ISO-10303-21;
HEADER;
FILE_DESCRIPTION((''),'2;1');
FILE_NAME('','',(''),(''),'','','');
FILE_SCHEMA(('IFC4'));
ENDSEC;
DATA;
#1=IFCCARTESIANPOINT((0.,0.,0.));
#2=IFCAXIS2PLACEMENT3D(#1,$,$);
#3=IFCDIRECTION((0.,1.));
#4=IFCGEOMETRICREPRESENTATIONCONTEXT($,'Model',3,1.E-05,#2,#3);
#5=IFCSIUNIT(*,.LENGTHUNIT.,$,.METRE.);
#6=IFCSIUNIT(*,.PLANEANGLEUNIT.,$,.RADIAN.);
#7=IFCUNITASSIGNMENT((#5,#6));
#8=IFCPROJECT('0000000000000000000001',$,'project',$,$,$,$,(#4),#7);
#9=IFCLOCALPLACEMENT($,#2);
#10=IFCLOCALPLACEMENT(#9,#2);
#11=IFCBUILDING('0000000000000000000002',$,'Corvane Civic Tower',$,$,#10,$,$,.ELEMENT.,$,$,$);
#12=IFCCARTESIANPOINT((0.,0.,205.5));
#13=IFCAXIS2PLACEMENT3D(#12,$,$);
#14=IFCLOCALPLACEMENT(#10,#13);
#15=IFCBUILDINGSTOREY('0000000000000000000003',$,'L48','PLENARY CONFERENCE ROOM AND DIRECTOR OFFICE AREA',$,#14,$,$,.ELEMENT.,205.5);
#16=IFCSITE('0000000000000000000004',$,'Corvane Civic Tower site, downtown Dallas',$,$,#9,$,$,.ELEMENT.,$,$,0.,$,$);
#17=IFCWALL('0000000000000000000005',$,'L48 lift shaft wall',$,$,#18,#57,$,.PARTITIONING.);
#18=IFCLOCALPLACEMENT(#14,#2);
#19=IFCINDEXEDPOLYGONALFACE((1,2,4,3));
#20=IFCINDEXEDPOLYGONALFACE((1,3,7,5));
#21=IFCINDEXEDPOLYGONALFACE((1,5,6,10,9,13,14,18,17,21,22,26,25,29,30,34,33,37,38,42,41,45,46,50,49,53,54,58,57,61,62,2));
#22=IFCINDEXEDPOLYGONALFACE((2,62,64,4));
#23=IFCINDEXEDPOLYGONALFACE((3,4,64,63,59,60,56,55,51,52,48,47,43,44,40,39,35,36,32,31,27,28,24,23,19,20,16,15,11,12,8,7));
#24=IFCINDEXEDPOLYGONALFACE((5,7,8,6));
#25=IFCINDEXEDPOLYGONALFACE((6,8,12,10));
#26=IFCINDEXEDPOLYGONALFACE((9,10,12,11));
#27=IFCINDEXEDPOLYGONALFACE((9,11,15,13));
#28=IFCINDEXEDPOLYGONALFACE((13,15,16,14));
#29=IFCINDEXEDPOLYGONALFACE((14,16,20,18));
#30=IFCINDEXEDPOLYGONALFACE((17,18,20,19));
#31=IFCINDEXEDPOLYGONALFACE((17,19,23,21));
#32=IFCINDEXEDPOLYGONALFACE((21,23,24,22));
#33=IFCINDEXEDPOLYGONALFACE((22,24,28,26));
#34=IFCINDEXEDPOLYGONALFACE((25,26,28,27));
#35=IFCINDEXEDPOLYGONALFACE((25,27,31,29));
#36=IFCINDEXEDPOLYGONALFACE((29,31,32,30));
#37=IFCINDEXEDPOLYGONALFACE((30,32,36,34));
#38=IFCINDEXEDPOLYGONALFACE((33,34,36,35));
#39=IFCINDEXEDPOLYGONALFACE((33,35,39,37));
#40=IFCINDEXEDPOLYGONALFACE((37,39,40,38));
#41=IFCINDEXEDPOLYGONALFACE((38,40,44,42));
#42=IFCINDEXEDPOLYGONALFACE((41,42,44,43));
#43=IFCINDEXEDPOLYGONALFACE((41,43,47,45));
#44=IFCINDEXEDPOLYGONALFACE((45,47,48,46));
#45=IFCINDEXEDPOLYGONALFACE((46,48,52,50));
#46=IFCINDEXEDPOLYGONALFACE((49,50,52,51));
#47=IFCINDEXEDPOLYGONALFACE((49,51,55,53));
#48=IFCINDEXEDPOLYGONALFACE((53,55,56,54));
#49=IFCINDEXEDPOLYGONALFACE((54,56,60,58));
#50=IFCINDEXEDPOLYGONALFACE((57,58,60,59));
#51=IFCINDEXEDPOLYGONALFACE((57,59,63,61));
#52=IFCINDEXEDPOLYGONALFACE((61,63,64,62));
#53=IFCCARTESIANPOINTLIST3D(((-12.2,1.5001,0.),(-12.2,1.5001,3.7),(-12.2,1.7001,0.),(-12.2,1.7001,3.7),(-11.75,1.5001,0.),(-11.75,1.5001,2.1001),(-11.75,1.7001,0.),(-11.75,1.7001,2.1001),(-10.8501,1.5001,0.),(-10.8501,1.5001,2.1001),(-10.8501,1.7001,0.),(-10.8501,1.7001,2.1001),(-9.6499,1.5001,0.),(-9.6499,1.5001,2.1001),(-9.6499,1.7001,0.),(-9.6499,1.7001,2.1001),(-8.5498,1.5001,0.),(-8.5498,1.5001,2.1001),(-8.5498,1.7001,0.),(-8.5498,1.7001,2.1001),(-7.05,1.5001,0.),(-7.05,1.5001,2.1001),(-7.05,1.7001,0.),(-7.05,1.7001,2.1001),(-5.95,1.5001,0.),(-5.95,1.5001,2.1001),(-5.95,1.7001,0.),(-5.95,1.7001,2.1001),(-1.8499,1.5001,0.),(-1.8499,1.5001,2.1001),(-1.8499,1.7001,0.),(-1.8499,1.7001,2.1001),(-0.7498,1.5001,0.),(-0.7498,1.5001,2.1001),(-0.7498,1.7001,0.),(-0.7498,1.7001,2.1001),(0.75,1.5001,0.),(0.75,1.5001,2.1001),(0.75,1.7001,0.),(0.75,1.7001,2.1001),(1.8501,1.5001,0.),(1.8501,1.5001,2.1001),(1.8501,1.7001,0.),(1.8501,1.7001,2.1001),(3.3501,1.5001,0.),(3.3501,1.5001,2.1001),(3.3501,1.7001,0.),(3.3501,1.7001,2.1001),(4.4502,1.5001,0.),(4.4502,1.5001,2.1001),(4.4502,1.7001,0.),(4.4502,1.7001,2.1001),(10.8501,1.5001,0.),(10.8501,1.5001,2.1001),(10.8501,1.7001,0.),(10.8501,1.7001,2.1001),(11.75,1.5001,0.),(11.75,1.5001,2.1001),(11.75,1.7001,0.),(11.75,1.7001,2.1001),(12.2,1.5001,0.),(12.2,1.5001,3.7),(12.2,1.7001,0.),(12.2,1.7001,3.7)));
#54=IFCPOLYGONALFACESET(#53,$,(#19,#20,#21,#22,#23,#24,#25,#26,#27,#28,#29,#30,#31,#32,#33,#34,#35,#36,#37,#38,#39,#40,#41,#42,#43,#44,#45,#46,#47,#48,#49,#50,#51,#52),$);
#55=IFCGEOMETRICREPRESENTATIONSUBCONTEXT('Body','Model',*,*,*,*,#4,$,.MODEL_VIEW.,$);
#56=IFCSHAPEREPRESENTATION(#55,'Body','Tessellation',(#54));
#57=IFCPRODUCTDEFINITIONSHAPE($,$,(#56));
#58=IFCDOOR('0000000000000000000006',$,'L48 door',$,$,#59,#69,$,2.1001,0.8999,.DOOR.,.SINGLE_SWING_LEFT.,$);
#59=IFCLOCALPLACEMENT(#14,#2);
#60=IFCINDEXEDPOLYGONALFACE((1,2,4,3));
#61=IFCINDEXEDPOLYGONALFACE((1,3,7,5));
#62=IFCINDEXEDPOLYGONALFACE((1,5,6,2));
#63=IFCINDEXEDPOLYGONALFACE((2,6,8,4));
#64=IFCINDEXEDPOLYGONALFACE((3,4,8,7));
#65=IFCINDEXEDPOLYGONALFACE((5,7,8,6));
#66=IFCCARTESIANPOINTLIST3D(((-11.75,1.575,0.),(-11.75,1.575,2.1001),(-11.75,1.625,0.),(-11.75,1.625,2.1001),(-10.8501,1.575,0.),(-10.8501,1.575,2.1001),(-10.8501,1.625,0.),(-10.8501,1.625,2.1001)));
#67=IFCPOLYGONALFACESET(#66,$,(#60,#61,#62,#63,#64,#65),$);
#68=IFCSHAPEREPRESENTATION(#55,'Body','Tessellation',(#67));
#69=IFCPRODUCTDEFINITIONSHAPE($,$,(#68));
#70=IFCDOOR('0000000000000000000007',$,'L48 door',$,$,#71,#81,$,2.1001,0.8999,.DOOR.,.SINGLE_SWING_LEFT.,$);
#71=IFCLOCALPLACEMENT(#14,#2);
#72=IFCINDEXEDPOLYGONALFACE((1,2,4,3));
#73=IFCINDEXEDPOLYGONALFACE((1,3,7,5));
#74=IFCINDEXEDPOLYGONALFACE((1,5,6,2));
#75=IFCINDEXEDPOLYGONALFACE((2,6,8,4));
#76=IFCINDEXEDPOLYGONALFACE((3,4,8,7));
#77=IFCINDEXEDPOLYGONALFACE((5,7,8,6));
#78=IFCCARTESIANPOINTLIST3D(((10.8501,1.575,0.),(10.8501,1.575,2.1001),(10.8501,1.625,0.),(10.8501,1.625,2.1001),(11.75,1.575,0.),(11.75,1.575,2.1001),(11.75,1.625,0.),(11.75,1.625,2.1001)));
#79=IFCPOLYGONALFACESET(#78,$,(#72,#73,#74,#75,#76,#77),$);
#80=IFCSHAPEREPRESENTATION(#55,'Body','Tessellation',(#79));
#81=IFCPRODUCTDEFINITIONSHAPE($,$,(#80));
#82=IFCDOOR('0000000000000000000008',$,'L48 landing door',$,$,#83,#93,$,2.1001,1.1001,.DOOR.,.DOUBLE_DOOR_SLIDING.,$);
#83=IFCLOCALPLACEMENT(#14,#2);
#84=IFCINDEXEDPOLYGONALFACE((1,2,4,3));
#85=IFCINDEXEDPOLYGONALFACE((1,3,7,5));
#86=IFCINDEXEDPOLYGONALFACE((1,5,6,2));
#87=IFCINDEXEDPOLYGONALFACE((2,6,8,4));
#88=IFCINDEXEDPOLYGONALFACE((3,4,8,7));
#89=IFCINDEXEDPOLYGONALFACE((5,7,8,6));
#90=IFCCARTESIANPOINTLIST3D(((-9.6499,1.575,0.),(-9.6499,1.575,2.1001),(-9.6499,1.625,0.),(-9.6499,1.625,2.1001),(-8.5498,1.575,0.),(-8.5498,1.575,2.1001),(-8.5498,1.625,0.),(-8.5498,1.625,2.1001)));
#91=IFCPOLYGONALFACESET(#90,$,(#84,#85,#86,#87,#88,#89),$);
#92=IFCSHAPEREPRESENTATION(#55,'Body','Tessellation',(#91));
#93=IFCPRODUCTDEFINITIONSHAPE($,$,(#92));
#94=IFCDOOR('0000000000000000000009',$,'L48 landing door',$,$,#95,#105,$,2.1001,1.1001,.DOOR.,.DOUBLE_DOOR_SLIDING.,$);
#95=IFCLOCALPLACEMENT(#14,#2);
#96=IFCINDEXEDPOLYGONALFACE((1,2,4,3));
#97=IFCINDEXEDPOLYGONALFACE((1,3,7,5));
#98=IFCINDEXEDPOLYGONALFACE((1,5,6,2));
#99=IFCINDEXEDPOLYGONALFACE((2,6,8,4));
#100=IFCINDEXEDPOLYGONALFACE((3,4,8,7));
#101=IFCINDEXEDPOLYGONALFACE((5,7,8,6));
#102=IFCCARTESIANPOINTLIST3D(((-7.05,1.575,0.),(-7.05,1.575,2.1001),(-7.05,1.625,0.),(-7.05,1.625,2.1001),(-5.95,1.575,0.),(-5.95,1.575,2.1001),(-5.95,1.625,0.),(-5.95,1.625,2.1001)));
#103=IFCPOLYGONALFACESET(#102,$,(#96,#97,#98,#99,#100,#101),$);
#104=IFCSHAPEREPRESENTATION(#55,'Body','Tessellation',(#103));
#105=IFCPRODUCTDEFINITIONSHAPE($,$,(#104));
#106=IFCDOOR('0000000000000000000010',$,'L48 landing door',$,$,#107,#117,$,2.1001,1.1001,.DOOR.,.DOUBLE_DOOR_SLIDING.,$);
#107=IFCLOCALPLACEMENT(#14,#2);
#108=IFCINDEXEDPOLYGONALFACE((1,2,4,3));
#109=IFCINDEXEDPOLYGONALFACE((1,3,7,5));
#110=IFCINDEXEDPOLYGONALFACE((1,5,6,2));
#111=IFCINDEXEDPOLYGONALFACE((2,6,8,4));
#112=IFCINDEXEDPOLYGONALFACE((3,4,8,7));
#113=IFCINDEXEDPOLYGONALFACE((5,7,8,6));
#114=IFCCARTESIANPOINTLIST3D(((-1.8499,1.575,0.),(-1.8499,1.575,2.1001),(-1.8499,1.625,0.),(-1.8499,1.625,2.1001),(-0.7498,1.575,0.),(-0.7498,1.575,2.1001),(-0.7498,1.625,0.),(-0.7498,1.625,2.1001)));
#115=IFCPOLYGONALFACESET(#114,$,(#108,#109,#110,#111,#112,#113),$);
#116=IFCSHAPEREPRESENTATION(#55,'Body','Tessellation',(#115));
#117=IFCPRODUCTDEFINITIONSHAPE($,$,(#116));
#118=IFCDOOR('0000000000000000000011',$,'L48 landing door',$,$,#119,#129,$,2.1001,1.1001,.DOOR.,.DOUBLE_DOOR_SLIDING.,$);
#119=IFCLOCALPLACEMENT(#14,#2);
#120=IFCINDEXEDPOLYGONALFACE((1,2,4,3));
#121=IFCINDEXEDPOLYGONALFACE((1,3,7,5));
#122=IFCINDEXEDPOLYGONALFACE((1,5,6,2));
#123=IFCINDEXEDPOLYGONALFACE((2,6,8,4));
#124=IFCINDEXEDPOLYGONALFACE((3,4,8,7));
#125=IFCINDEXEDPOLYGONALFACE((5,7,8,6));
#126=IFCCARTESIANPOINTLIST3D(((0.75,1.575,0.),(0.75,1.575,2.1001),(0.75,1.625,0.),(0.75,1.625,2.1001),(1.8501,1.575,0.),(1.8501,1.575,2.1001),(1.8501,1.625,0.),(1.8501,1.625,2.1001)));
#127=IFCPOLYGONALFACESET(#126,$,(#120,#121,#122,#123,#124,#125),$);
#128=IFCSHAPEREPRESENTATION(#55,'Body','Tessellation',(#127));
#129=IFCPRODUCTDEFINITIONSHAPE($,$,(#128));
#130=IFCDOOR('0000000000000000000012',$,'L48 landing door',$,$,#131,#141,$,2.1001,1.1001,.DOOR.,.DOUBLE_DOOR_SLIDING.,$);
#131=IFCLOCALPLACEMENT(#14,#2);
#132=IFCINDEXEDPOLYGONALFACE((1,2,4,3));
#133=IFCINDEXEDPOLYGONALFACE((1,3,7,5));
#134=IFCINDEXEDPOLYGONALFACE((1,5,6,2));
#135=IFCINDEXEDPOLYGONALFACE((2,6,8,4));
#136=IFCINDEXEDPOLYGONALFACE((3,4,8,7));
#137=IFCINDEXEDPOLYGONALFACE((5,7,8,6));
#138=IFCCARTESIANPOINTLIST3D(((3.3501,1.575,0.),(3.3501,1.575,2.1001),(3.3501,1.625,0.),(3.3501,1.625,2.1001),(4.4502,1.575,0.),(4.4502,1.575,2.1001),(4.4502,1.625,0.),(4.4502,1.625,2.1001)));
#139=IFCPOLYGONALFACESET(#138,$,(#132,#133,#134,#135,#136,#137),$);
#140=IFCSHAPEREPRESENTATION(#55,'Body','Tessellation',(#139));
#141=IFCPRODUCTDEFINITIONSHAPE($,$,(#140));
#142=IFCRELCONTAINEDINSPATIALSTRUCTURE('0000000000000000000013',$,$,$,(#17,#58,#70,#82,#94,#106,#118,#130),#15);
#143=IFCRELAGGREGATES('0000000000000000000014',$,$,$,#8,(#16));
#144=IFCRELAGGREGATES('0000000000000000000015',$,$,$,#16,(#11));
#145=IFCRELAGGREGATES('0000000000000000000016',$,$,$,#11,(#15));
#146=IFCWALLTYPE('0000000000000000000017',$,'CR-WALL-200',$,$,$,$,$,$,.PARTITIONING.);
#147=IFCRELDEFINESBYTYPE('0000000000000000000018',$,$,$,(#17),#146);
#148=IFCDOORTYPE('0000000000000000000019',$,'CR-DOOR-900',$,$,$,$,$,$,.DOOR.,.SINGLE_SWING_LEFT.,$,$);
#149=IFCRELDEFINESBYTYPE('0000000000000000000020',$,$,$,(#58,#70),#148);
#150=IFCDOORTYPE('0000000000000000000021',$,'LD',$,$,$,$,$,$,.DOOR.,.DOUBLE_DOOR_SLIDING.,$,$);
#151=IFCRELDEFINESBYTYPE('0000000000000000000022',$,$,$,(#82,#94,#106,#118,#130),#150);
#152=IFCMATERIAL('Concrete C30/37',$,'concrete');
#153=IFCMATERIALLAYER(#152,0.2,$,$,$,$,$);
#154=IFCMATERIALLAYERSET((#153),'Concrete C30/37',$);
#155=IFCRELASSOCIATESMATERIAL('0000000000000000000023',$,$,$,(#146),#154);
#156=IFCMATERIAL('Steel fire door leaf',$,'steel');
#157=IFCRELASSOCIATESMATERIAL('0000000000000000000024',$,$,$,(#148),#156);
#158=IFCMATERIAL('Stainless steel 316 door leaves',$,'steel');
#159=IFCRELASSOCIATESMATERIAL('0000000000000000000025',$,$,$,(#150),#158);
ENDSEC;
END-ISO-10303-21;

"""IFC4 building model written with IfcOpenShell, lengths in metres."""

from ifc_helpers import new_model, si_unit, direction, frame, frame_2d, origin, place, context, subcontext, project, spatial, rectangle, extrude, material, layer, layer_set, type_object, element, fill, save


model = new_model("IFC4")

# Units and contexts
model_context = context("Model", 3, precision=1e-05, world=origin(), true_north=direction((0.0, 1.0)))
body_context = subcontext(model_context, "Body", "Model", "MODEL_VIEW")
ifc_project = project(units=[si_unit("LENGTHUNIT", "METRE"), si_unit("PLANEANGLEUNIT", "RADIAN")], contexts=[model_context])

# Site, building, storey
site_placement = place(None, origin())
site = spatial("IfcSite", under=ifc_project, at=site_placement, Name="Corvane Civic Tower site, downtown Dallas", CompositionType="ELEMENT", RefElevation=0.0)
building_placement = place(site_placement, origin())
building = spatial("IfcBuilding", under=site, at=building_placement, Name="Corvane Civic Tower", CompositionType="ELEMENT")
storey_placement = place(building_placement, frame((0.0, 0.0, 205.5)))
storey = spatial("IfcBuildingStorey", under=building, at=storey_placement, Name="L48", Description="PLENARY CONFERENCE ROOM AND DIRECTOR OFFICE AREA", CompositionType="ELEMENT", Elevation=205.5)

# Wall, openings, doors
ifc_material_1 = material(Name="Concrete C30/37", Category="concrete")
ifc_layer_1 = layer(ifc_material_1, 0.2)
ifc_layer_set_1 = layer_set([ifc_layer_1], Name="Concrete C30/37")
wall_type_1 = type_object("IfcWallType", Name="CR-WALL-200", PredefinedType="PARTITIONING", material=ifc_layer_set_1)
wall_1_placement = place(storey_placement, frame((-12.2, 1.6001, 0.0), z_axis=(0.0, 0.0, 1.0), x_axis=(1.0, 0.0, 0.0)))
wall_1 = element("IfcWall", 1, at=wall_1_placement, inside=storey, type_object=wall_type_1, Name="L48 lift shaft wall", PredefinedType="PARTITIONING", context=body_context, shape_type="SweptSolid", body=[
    extrude(rectangle(XDim=24.3999, YDim=0.2, at=frame_2d((12.2, 0.0))), origin(), (0.0, 0.0, 1.0), 3.7),
])
opening_1_placement = place(wall_1_placement, frame((2.55, 0.0, 0.0)))
opening_1 = element("IfcOpeningElement", 2, at=opening_1_placement, cuts=wall_1, PredefinedType="OPENING", context=body_context, shape_type="SweptSolid", body=[
    extrude(rectangle(XDim=1.1001, YDim=2.1001, at=frame_2d((0.55, 1.05))), frame((0.0, 0.1099, 0.0), z_axis=(0.0, -1.0, 0.0), x_axis=(1.0, 0.0, 0.0)), (0.0, 0.0, 1.0), 0.22),
])
opening_2_placement = place(wall_1_placement, frame((5.1499, 0.0, 0.0)))
opening_2 = element("IfcOpeningElement", 3, at=opening_2_placement, cuts=wall_1, PredefinedType="OPENING", context=body_context, shape_type="SweptSolid", body=[
    extrude(rectangle(XDim=1.1001, YDim=2.1001, at=frame_2d((0.55, 1.05))), frame((0.0, 0.1099, 0.0), z_axis=(0.0, -1.0, 0.0), x_axis=(1.0, 0.0, 0.0)), (0.0, 0.0, 1.0), 0.22),
])
opening_3_placement = place(wall_1_placement, frame((10.3501, 0.0, 0.0)))
opening_3 = element("IfcOpeningElement", 4, at=opening_3_placement, cuts=wall_1, PredefinedType="OPENING", context=body_context, shape_type="SweptSolid", body=[
    extrude(rectangle(XDim=1.1001, YDim=2.1001, at=frame_2d((0.55, 1.05))), frame((0.0, 0.1099, 0.0), z_axis=(0.0, -1.0, 0.0), x_axis=(1.0, 0.0, 0.0)), (0.0, 0.0, 1.0), 0.22),
])
opening_4_placement = place(wall_1_placement, frame((12.95, 0.0, 0.0)))
opening_4 = element("IfcOpeningElement", 5, at=opening_4_placement, cuts=wall_1, PredefinedType="OPENING", context=body_context, shape_type="SweptSolid", body=[
    extrude(rectangle(XDim=1.1001, YDim=2.1001, at=frame_2d((0.55, 1.05))), frame((0.0, 0.1099, 0.0), z_axis=(0.0, -1.0, 0.0), x_axis=(1.0, 0.0, 0.0)), (0.0, 0.0, 1.0), 0.22),
])
opening_5_placement = place(wall_1_placement, frame((15.55, 0.0, 0.0)))
opening_5 = element("IfcOpeningElement", 6, at=opening_5_placement, cuts=wall_1, PredefinedType="OPENING", context=body_context, shape_type="SweptSolid", body=[
    extrude(rectangle(XDim=1.1001, YDim=2.1001, at=frame_2d((0.55, 1.05))), frame((0.0, 0.1099, 0.0), z_axis=(0.0, -1.0, 0.0), x_axis=(1.0, 0.0, 0.0)), (0.0, 0.0, 1.0), 0.22),
])
opening_6_placement = place(wall_1_placement, frame((0.45, 0.0, 0.0)))
opening_6 = element("IfcOpeningElement", 7, at=opening_6_placement, cuts=wall_1, PredefinedType="OPENING", context=body_context, shape_type="SweptSolid", body=[
    extrude(rectangle(XDim=0.8999, YDim=2.1001, at=frame_2d((0.45, 1.05))), frame((0.0, 0.1099, 0.0), z_axis=(0.0, -1.0, 0.0), x_axis=(1.0, 0.0, 0.0)), (0.0, 0.0, 1.0), 0.22),
])
opening_7_placement = place(wall_1_placement, frame((23.05, 0.0, 0.0)))
opening_7 = element("IfcOpeningElement", 8, at=opening_7_placement, cuts=wall_1, PredefinedType="OPENING", context=body_context, shape_type="SweptSolid", body=[
    extrude(rectangle(XDim=0.8999, YDim=2.1001, at=frame_2d((0.45, 1.05))), frame((0.0, 0.1099, 0.0), z_axis=(0.0, -1.0, 0.0), x_axis=(1.0, 0.0, 0.0)), (0.0, 0.0, 1.0), 0.22),
])
ifc_material_2 = material(Name="Steel fire door leaf", Category="steel")
door_type_1 = type_object("IfcDoorType", Name="CR-DOOR-900", OperationType="SINGLE_SWING_LEFT", PredefinedType="DOOR", material=ifc_material_2)
door_1_placement = place(opening_6_placement, origin())
door_1 = element("IfcDoor", 9, at=door_1_placement, inside=storey, type_object=door_type_1, Name="L48 door", OperationType="SINGLE_SWING_LEFT", OverallHeight=2.1001, OverallWidth=0.8999, PredefinedType="DOOR", context=body_context, shape_type="SweptSolid", body=[
    extrude(rectangle(XDim=0.8999, YDim=2.1001, at=frame_2d((0.45, 1.05))), frame((0.0, 0.0249, 0.0), z_axis=(0.0, -1.0, 0.0), x_axis=(1.0, 0.0, 0.0)), (0.0, 0.0, 1.0), 0.05),
])
fill(opening_6, door_1)
door_2_placement = place(opening_7_placement, origin())
door_2 = element("IfcDoor", 10, at=door_2_placement, inside=storey, type_object=door_type_1, Name="L48 door", OperationType="SINGLE_SWING_LEFT", OverallHeight=2.1001, OverallWidth=0.8999, PredefinedType="DOOR", context=body_context, shape_type="SweptSolid", body=[
    extrude(rectangle(XDim=0.8999, YDim=2.1001, at=frame_2d((0.45, 1.05))), frame((0.0, 0.0249, 0.0), z_axis=(0.0, -1.0, 0.0), x_axis=(1.0, 0.0, 0.0)), (0.0, 0.0, 1.0), 0.05),
])
fill(opening_7, door_2)
ifc_material_3 = material(Name="Stainless steel 316 door leaves", Category="steel")
door_type_2 = type_object("IfcDoorType", Name="LD", OperationType="DOUBLE_DOOR_SLIDING", PredefinedType="DOOR", material=ifc_material_3)
door_3_placement = place(opening_1_placement, origin())
door_3 = element("IfcDoor", 11, at=door_3_placement, inside=storey, type_object=door_type_2, Name="L48 landing door", OperationType="DOUBLE_DOOR_SLIDING", OverallHeight=2.1001, OverallWidth=1.1001, PredefinedType="DOOR", context=body_context, shape_type="SweptSolid", body=[
    extrude(rectangle(XDim=1.1001, YDim=2.1001, at=frame_2d((0.55, 1.05))), frame((0.0, 0.0249, 0.0), z_axis=(0.0, -1.0, 0.0), x_axis=(1.0, 0.0, 0.0)), (0.0, 0.0, 1.0), 0.05),
])
fill(opening_1, door_3)
door_4_placement = place(opening_2_placement, origin())
door_4 = element("IfcDoor", 12, at=door_4_placement, inside=storey, type_object=door_type_2, Name="L48 landing door", OperationType="DOUBLE_DOOR_SLIDING", OverallHeight=2.1001, OverallWidth=1.1001, PredefinedType="DOOR", context=body_context, shape_type="SweptSolid", body=[
    extrude(rectangle(XDim=1.1001, YDim=2.1001, at=frame_2d((0.55, 1.05))), frame((0.0, 0.0249, 0.0), z_axis=(0.0, -1.0, 0.0), x_axis=(1.0, 0.0, 0.0)), (0.0, 0.0, 1.0), 0.05),
])
fill(opening_2, door_4)
door_5_placement = place(opening_3_placement, origin())
door_5 = element("IfcDoor", 13, at=door_5_placement, inside=storey, type_object=door_type_2, Name="L48 landing door", OperationType="DOUBLE_DOOR_SLIDING", OverallHeight=2.1001, OverallWidth=1.1001, PredefinedType="DOOR", context=body_context, shape_type="SweptSolid", body=[
    extrude(rectangle(XDim=1.1001, YDim=2.1001, at=frame_2d((0.55, 1.05))), frame((0.0, 0.0249, 0.0), z_axis=(0.0, -1.0, 0.0), x_axis=(1.0, 0.0, 0.0)), (0.0, 0.0, 1.0), 0.05),
])
fill(opening_3, door_5)
door_6_placement = place(opening_4_placement, origin())
door_6 = element("IfcDoor", 14, at=door_6_placement, inside=storey, type_object=door_type_2, Name="L48 landing door", OperationType="DOUBLE_DOOR_SLIDING", OverallHeight=2.1001, OverallWidth=1.1001, PredefinedType="DOOR", context=body_context, shape_type="SweptSolid", body=[
    extrude(rectangle(XDim=1.1001, YDim=2.1001, at=frame_2d((0.55, 1.05))), frame((0.0, 0.0249, 0.0), z_axis=(0.0, -1.0, 0.0), x_axis=(1.0, 0.0, 0.0)), (0.0, 0.0, 1.0), 0.05),
])
fill(opening_4, door_6)
door_7_placement = place(opening_5_placement, origin())
door_7 = element("IfcDoor", 15, at=door_7_placement, inside=storey, type_object=door_type_2, Name="L48 landing door", OperationType="DOUBLE_DOOR_SLIDING", OverallHeight=2.1001, OverallWidth=1.1001, PredefinedType="DOOR", context=body_context, shape_type="SweptSolid", body=[
    extrude(rectangle(XDim=1.1001, YDim=2.1001, at=frame_2d((0.55, 1.05))), frame((0.0, 0.0249, 0.0), z_axis=(0.0, -1.0, 0.0), x_axis=(1.0, 0.0, 0.0)), (0.0, 0.0, 1.0), 0.05),
])
fill(opening_5, door_7)

save(model, "model.ifc")
